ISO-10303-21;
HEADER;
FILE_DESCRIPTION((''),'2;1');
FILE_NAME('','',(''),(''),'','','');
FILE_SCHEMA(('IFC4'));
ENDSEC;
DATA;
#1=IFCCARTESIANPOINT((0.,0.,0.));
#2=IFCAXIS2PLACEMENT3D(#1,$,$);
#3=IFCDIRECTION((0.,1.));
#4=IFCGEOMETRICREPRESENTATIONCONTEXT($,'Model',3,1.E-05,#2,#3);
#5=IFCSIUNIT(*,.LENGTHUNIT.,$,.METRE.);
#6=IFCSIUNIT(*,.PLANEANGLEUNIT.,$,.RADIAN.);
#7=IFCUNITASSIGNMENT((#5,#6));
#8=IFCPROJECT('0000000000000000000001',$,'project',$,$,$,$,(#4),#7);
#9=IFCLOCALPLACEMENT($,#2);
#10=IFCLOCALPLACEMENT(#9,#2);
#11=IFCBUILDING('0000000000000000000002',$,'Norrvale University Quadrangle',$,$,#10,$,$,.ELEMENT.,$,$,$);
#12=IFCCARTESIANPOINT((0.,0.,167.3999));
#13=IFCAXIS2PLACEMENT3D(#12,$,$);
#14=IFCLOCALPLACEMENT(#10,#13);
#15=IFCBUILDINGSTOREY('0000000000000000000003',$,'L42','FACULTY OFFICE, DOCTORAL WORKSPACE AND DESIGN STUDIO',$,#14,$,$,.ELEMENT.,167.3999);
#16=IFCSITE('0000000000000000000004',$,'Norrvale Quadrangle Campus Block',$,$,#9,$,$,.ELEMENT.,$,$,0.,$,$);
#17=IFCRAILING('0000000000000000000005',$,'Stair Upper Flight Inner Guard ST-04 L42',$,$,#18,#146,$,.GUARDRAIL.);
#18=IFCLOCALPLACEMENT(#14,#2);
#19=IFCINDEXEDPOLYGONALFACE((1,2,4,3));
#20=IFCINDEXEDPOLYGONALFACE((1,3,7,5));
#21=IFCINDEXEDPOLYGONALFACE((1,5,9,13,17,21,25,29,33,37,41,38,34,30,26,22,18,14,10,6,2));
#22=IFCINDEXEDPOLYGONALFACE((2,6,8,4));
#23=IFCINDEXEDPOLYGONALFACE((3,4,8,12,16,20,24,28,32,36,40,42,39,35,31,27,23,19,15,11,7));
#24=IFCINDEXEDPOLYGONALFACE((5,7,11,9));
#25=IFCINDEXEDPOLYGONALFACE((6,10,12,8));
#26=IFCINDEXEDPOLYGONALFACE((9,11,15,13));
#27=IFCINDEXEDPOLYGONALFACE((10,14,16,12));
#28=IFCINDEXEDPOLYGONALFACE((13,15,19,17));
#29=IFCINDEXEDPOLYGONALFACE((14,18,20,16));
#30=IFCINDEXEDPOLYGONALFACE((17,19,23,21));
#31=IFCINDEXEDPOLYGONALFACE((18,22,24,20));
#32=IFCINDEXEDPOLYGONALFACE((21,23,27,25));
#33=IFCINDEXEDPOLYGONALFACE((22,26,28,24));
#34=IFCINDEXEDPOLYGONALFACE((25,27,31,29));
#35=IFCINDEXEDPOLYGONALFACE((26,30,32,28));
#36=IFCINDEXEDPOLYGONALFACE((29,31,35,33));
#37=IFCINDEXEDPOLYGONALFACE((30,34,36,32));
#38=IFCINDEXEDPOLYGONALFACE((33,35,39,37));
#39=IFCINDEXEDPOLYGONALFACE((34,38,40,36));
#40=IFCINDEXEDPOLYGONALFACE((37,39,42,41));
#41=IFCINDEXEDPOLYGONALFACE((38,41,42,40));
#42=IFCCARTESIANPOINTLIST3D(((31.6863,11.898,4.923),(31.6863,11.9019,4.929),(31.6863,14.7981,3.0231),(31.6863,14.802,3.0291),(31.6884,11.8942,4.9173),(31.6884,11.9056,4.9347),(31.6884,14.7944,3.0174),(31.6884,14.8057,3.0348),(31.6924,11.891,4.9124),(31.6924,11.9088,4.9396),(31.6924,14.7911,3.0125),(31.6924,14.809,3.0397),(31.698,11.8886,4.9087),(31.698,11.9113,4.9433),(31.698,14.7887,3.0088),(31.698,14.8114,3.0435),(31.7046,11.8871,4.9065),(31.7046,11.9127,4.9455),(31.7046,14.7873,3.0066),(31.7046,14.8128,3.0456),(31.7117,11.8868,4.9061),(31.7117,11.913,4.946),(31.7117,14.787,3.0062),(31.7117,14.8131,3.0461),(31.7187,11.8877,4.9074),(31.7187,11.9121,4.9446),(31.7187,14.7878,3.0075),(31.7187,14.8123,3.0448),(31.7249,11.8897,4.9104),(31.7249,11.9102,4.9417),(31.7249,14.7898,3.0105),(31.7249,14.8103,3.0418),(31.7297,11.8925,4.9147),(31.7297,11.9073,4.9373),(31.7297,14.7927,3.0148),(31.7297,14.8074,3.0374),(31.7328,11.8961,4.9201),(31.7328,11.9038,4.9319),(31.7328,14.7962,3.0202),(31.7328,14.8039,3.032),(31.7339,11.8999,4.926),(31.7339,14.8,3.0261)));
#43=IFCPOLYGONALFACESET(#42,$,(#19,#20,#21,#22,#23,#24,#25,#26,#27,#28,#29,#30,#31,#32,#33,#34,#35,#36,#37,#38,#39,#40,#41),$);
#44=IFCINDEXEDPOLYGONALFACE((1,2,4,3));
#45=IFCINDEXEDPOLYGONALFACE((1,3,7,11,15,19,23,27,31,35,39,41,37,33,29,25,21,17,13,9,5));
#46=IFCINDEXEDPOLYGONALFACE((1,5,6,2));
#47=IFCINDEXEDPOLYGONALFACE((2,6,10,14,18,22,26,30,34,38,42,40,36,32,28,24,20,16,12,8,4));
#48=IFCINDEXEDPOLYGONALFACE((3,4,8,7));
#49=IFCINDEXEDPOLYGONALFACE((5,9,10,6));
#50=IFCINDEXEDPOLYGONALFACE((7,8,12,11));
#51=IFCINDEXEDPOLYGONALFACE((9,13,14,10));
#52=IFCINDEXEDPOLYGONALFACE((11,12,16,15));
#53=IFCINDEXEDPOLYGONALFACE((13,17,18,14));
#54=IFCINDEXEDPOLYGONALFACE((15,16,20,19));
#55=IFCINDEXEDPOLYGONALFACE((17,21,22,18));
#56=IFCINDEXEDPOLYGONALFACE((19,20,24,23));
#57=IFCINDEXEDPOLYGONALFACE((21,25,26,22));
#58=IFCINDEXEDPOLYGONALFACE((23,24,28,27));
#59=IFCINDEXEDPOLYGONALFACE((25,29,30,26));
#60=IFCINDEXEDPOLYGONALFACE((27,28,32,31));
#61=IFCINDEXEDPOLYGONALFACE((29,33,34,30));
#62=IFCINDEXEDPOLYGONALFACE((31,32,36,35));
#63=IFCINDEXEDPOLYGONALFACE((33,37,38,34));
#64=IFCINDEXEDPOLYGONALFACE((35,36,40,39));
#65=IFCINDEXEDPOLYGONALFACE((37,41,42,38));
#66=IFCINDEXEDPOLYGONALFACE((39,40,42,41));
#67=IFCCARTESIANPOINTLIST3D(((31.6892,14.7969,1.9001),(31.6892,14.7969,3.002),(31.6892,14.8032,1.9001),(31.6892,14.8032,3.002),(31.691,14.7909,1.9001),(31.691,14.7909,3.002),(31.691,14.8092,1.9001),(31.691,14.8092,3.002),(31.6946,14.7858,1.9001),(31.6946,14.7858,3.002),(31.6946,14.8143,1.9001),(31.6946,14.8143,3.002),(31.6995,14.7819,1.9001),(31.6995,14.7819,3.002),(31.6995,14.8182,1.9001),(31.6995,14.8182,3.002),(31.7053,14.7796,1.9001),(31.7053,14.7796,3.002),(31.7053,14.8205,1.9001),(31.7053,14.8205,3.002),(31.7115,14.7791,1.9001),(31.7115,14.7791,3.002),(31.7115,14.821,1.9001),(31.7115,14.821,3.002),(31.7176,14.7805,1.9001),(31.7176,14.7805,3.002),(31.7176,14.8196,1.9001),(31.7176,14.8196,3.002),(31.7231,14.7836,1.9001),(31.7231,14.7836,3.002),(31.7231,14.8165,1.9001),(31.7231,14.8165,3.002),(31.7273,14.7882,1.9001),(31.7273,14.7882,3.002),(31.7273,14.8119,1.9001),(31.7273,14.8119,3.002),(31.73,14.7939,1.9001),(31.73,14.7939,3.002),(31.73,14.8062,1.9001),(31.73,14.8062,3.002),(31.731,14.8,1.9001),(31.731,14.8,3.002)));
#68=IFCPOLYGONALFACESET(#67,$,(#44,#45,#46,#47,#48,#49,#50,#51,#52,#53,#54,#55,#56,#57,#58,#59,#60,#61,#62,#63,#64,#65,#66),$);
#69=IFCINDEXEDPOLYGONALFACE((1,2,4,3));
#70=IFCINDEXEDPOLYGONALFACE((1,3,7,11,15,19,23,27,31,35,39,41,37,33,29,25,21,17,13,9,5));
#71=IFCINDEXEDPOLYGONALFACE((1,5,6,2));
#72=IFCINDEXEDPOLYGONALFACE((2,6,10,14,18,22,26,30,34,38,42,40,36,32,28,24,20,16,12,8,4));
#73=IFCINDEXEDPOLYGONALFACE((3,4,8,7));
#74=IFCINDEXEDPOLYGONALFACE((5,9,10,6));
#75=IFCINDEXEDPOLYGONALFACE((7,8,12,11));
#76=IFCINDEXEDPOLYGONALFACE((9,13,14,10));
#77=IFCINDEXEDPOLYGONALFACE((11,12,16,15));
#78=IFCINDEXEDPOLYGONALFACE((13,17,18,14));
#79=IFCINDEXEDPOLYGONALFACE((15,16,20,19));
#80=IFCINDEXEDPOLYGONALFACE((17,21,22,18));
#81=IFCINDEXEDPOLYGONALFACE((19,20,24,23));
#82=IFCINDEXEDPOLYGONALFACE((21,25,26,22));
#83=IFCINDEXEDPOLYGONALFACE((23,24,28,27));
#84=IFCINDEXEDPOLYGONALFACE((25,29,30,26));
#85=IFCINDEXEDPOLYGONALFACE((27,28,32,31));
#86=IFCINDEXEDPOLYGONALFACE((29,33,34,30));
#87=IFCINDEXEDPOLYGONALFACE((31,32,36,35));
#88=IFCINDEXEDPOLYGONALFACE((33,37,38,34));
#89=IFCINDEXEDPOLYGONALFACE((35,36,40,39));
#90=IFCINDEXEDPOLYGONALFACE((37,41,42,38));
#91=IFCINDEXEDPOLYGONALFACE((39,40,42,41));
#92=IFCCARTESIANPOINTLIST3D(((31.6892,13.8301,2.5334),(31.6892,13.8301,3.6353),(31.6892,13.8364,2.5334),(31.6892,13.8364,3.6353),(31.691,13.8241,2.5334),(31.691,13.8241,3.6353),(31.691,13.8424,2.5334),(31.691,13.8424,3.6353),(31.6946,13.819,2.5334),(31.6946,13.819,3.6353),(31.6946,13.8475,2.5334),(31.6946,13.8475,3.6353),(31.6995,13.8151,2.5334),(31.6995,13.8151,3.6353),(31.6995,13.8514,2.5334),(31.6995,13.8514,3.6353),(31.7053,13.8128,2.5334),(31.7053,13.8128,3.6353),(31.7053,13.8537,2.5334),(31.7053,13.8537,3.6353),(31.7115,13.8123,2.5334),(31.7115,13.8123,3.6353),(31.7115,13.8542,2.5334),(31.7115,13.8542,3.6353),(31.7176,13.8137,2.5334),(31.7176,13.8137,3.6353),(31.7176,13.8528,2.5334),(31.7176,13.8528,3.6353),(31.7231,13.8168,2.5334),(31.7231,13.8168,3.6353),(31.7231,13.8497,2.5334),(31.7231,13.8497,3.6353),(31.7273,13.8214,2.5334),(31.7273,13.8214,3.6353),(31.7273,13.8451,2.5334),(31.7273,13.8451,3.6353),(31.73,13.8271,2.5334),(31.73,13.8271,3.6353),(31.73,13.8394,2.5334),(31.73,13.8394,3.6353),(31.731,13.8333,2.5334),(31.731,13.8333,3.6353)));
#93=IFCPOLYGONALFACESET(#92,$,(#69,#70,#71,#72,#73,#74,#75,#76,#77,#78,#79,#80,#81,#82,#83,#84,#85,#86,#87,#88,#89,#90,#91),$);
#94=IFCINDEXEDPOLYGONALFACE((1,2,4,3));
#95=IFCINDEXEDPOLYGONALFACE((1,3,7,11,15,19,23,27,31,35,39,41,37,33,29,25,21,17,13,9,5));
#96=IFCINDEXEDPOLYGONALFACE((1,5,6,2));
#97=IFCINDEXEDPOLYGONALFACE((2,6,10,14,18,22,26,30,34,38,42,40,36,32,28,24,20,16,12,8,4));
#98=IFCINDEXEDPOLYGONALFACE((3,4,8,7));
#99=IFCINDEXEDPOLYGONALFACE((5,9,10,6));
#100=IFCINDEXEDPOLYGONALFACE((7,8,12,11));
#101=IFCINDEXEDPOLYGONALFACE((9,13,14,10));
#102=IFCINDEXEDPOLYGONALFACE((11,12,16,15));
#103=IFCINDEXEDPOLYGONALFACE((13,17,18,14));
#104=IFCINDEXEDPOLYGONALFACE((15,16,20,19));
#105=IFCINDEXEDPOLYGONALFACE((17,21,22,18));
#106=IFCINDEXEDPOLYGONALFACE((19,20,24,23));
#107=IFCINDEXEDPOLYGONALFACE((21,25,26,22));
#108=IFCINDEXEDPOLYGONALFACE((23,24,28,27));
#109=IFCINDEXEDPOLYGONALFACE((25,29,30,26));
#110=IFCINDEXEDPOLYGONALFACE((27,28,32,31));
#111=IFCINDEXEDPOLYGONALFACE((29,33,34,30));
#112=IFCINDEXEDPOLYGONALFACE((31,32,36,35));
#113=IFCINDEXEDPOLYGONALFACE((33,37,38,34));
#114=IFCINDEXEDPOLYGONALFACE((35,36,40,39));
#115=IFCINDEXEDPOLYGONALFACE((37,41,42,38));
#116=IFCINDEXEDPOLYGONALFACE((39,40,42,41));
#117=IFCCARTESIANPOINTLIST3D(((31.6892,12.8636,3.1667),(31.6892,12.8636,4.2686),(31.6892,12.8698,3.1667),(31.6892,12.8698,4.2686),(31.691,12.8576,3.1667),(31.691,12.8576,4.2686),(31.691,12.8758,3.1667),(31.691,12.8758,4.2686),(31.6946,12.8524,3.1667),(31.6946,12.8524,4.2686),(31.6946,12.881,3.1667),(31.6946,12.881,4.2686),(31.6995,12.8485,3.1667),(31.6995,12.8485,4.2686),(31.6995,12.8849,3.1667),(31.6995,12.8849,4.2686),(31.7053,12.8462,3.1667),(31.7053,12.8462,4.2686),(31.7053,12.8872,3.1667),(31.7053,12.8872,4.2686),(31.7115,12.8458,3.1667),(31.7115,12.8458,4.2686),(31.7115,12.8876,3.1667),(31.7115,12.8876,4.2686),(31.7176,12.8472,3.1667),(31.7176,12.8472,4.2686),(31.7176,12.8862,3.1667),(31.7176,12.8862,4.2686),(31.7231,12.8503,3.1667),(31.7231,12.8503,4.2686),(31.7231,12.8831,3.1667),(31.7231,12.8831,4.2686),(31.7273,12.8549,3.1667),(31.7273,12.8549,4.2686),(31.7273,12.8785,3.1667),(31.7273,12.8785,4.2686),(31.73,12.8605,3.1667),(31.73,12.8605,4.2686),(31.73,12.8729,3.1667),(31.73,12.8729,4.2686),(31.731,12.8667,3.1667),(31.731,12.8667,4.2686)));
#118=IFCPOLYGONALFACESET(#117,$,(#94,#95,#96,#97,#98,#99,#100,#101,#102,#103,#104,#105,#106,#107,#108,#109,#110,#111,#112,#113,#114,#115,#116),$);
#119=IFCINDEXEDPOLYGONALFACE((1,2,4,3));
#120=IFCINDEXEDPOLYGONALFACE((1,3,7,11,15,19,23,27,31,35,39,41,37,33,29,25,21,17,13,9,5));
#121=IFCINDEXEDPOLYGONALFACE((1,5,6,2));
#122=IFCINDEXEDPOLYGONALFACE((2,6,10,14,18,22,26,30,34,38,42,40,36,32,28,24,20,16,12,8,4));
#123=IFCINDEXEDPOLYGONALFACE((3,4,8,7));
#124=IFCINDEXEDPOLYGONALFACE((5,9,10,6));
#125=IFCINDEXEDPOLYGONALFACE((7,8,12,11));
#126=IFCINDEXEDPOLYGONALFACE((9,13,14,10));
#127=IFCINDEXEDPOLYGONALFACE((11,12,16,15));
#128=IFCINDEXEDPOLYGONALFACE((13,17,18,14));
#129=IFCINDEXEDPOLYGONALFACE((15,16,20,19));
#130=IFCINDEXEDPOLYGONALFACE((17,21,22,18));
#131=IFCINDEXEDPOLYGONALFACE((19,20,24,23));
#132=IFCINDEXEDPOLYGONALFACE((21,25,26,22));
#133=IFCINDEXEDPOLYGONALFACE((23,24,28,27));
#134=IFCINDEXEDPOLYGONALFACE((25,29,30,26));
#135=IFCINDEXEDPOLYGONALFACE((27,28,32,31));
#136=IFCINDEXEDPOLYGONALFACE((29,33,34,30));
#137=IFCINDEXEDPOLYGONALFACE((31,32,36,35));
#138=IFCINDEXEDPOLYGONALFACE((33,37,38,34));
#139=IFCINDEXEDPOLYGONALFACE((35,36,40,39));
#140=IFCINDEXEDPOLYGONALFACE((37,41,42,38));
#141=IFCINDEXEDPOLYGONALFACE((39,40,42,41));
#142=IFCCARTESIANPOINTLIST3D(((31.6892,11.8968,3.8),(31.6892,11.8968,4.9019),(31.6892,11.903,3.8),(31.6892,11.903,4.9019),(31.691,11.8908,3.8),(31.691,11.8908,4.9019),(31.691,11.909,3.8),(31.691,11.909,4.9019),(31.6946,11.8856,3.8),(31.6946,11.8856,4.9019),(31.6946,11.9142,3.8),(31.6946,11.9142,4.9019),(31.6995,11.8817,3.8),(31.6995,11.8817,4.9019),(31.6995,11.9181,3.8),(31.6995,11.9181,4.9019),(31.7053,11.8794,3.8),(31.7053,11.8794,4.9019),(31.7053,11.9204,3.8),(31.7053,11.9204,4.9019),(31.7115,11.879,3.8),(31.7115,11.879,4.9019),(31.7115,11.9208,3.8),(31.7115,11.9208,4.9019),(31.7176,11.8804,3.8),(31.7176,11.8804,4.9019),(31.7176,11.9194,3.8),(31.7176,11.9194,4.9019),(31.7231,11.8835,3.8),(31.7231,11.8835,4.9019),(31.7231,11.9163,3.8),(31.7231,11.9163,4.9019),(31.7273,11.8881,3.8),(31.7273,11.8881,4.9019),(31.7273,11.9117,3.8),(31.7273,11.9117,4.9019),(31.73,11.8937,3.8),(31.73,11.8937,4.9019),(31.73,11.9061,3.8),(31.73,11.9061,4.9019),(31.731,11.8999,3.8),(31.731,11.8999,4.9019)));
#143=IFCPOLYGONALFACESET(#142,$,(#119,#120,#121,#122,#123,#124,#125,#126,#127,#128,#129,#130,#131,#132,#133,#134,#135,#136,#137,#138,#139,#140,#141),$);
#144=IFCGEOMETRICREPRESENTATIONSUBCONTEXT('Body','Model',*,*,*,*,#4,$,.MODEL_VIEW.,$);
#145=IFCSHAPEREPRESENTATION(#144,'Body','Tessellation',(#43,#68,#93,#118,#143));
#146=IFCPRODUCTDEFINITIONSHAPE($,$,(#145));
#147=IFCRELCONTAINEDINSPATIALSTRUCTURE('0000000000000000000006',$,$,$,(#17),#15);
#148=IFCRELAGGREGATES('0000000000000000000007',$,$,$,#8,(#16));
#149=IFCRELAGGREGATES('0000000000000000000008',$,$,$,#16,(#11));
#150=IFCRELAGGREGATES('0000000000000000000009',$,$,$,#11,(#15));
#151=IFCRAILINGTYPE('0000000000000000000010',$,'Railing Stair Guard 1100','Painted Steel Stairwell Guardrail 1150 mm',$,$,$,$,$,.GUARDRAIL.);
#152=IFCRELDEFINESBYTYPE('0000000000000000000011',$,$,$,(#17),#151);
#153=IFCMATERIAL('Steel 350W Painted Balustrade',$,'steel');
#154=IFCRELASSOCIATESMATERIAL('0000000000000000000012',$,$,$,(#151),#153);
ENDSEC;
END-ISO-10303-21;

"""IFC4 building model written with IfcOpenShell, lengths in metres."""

from ifc_helpers import new_model, si_unit, direction, frame, origin, origin_2d, place, context, subcontext, project, spatial, circle, extrude, material, type_object, element, save


model = new_model("IFC4")

# Units and contexts
model_context = context("Model", 3, precision=1e-05, world=origin(), true_north=direction((0.0, 1.0)))
body_context = subcontext(model_context, "Body", "Model", "MODEL_VIEW")
ifc_project = project(units=[si_unit("LENGTHUNIT", "METRE"), si_unit("PLANEANGLEUNIT", "RADIAN")], contexts=[model_context])

# Site, building, storey
site_placement = place(None, origin())
site = spatial("IfcSite", under=ifc_project, at=site_placement, Name="Norrvale Quadrangle Campus Block", CompositionType="ELEMENT", RefElevation=0.0)
building_placement = place(site_placement, origin())
building = spatial("IfcBuilding", under=site, at=building_placement, Name="Norrvale University Quadrangle", CompositionType="ELEMENT")
storey_placement = place(building_placement, frame((0.0, 0.0, 167.3999)))
storey = spatial("IfcBuildingStorey", under=building, at=storey_placement, Name="L42", Description="FACULTY OFFICE, DOCTORAL WORKSPACE AND DESIGN STUDIO", CompositionType="ELEMENT", Elevation=167.3999)

# Railing
ifc_material_1 = material(Name="Steel 350W Painted Balustrade", Category="steel")
railing_type_1 = type_object("IfcRailingType", Name="Railing Stair Guard 1100", Description="Painted Steel Stairwell Guardrail 1150 mm", PredefinedType="GUARDRAIL", material=ifc_material_1)
railing_1_placement = place(storey_placement, frame((31.71, 14.8, 1.9001)))
element("IfcRailing", 1, at=railing_1_placement, inside=storey, type_object=railing_type_1, Name="Stair Upper Flight Inner Guard ST-04 L42", PredefinedType="GUARDRAIL", context=body_context, shape_type="SweptSolid", body=[
    extrude(circle(Radius=0.0239, at=origin_2d()), frame((0.0, 0.0, 1.126), z_axis=(0.0, -0.836487, 0.547987), x_axis=(1.0, 0.0, 0.0)), (0.0, 0.0, 1.0), 3.467),
    extrude(circle(Radius=0.021, at=origin_2d()), origin(), (0.0, 0.0, 1.0), 1.1018),
    extrude(circle(Radius=0.021, at=origin_2d()), frame((0.0, -0.9668, 0.6333)), (0.0, 0.0, 1.0), 1.1018),
    extrude(circle(Radius=0.021, at=origin_2d()), frame((0.0, -1.9333, 1.2666)), (0.0, 0.0, 1.0), 1.1018),
    extrude(circle(Radius=0.021, at=origin_2d()), frame((0.0, -2.9001, 1.8999)), (0.0, 0.0, 1.0), 1.1018),
])

save(model, "model.ifc")
